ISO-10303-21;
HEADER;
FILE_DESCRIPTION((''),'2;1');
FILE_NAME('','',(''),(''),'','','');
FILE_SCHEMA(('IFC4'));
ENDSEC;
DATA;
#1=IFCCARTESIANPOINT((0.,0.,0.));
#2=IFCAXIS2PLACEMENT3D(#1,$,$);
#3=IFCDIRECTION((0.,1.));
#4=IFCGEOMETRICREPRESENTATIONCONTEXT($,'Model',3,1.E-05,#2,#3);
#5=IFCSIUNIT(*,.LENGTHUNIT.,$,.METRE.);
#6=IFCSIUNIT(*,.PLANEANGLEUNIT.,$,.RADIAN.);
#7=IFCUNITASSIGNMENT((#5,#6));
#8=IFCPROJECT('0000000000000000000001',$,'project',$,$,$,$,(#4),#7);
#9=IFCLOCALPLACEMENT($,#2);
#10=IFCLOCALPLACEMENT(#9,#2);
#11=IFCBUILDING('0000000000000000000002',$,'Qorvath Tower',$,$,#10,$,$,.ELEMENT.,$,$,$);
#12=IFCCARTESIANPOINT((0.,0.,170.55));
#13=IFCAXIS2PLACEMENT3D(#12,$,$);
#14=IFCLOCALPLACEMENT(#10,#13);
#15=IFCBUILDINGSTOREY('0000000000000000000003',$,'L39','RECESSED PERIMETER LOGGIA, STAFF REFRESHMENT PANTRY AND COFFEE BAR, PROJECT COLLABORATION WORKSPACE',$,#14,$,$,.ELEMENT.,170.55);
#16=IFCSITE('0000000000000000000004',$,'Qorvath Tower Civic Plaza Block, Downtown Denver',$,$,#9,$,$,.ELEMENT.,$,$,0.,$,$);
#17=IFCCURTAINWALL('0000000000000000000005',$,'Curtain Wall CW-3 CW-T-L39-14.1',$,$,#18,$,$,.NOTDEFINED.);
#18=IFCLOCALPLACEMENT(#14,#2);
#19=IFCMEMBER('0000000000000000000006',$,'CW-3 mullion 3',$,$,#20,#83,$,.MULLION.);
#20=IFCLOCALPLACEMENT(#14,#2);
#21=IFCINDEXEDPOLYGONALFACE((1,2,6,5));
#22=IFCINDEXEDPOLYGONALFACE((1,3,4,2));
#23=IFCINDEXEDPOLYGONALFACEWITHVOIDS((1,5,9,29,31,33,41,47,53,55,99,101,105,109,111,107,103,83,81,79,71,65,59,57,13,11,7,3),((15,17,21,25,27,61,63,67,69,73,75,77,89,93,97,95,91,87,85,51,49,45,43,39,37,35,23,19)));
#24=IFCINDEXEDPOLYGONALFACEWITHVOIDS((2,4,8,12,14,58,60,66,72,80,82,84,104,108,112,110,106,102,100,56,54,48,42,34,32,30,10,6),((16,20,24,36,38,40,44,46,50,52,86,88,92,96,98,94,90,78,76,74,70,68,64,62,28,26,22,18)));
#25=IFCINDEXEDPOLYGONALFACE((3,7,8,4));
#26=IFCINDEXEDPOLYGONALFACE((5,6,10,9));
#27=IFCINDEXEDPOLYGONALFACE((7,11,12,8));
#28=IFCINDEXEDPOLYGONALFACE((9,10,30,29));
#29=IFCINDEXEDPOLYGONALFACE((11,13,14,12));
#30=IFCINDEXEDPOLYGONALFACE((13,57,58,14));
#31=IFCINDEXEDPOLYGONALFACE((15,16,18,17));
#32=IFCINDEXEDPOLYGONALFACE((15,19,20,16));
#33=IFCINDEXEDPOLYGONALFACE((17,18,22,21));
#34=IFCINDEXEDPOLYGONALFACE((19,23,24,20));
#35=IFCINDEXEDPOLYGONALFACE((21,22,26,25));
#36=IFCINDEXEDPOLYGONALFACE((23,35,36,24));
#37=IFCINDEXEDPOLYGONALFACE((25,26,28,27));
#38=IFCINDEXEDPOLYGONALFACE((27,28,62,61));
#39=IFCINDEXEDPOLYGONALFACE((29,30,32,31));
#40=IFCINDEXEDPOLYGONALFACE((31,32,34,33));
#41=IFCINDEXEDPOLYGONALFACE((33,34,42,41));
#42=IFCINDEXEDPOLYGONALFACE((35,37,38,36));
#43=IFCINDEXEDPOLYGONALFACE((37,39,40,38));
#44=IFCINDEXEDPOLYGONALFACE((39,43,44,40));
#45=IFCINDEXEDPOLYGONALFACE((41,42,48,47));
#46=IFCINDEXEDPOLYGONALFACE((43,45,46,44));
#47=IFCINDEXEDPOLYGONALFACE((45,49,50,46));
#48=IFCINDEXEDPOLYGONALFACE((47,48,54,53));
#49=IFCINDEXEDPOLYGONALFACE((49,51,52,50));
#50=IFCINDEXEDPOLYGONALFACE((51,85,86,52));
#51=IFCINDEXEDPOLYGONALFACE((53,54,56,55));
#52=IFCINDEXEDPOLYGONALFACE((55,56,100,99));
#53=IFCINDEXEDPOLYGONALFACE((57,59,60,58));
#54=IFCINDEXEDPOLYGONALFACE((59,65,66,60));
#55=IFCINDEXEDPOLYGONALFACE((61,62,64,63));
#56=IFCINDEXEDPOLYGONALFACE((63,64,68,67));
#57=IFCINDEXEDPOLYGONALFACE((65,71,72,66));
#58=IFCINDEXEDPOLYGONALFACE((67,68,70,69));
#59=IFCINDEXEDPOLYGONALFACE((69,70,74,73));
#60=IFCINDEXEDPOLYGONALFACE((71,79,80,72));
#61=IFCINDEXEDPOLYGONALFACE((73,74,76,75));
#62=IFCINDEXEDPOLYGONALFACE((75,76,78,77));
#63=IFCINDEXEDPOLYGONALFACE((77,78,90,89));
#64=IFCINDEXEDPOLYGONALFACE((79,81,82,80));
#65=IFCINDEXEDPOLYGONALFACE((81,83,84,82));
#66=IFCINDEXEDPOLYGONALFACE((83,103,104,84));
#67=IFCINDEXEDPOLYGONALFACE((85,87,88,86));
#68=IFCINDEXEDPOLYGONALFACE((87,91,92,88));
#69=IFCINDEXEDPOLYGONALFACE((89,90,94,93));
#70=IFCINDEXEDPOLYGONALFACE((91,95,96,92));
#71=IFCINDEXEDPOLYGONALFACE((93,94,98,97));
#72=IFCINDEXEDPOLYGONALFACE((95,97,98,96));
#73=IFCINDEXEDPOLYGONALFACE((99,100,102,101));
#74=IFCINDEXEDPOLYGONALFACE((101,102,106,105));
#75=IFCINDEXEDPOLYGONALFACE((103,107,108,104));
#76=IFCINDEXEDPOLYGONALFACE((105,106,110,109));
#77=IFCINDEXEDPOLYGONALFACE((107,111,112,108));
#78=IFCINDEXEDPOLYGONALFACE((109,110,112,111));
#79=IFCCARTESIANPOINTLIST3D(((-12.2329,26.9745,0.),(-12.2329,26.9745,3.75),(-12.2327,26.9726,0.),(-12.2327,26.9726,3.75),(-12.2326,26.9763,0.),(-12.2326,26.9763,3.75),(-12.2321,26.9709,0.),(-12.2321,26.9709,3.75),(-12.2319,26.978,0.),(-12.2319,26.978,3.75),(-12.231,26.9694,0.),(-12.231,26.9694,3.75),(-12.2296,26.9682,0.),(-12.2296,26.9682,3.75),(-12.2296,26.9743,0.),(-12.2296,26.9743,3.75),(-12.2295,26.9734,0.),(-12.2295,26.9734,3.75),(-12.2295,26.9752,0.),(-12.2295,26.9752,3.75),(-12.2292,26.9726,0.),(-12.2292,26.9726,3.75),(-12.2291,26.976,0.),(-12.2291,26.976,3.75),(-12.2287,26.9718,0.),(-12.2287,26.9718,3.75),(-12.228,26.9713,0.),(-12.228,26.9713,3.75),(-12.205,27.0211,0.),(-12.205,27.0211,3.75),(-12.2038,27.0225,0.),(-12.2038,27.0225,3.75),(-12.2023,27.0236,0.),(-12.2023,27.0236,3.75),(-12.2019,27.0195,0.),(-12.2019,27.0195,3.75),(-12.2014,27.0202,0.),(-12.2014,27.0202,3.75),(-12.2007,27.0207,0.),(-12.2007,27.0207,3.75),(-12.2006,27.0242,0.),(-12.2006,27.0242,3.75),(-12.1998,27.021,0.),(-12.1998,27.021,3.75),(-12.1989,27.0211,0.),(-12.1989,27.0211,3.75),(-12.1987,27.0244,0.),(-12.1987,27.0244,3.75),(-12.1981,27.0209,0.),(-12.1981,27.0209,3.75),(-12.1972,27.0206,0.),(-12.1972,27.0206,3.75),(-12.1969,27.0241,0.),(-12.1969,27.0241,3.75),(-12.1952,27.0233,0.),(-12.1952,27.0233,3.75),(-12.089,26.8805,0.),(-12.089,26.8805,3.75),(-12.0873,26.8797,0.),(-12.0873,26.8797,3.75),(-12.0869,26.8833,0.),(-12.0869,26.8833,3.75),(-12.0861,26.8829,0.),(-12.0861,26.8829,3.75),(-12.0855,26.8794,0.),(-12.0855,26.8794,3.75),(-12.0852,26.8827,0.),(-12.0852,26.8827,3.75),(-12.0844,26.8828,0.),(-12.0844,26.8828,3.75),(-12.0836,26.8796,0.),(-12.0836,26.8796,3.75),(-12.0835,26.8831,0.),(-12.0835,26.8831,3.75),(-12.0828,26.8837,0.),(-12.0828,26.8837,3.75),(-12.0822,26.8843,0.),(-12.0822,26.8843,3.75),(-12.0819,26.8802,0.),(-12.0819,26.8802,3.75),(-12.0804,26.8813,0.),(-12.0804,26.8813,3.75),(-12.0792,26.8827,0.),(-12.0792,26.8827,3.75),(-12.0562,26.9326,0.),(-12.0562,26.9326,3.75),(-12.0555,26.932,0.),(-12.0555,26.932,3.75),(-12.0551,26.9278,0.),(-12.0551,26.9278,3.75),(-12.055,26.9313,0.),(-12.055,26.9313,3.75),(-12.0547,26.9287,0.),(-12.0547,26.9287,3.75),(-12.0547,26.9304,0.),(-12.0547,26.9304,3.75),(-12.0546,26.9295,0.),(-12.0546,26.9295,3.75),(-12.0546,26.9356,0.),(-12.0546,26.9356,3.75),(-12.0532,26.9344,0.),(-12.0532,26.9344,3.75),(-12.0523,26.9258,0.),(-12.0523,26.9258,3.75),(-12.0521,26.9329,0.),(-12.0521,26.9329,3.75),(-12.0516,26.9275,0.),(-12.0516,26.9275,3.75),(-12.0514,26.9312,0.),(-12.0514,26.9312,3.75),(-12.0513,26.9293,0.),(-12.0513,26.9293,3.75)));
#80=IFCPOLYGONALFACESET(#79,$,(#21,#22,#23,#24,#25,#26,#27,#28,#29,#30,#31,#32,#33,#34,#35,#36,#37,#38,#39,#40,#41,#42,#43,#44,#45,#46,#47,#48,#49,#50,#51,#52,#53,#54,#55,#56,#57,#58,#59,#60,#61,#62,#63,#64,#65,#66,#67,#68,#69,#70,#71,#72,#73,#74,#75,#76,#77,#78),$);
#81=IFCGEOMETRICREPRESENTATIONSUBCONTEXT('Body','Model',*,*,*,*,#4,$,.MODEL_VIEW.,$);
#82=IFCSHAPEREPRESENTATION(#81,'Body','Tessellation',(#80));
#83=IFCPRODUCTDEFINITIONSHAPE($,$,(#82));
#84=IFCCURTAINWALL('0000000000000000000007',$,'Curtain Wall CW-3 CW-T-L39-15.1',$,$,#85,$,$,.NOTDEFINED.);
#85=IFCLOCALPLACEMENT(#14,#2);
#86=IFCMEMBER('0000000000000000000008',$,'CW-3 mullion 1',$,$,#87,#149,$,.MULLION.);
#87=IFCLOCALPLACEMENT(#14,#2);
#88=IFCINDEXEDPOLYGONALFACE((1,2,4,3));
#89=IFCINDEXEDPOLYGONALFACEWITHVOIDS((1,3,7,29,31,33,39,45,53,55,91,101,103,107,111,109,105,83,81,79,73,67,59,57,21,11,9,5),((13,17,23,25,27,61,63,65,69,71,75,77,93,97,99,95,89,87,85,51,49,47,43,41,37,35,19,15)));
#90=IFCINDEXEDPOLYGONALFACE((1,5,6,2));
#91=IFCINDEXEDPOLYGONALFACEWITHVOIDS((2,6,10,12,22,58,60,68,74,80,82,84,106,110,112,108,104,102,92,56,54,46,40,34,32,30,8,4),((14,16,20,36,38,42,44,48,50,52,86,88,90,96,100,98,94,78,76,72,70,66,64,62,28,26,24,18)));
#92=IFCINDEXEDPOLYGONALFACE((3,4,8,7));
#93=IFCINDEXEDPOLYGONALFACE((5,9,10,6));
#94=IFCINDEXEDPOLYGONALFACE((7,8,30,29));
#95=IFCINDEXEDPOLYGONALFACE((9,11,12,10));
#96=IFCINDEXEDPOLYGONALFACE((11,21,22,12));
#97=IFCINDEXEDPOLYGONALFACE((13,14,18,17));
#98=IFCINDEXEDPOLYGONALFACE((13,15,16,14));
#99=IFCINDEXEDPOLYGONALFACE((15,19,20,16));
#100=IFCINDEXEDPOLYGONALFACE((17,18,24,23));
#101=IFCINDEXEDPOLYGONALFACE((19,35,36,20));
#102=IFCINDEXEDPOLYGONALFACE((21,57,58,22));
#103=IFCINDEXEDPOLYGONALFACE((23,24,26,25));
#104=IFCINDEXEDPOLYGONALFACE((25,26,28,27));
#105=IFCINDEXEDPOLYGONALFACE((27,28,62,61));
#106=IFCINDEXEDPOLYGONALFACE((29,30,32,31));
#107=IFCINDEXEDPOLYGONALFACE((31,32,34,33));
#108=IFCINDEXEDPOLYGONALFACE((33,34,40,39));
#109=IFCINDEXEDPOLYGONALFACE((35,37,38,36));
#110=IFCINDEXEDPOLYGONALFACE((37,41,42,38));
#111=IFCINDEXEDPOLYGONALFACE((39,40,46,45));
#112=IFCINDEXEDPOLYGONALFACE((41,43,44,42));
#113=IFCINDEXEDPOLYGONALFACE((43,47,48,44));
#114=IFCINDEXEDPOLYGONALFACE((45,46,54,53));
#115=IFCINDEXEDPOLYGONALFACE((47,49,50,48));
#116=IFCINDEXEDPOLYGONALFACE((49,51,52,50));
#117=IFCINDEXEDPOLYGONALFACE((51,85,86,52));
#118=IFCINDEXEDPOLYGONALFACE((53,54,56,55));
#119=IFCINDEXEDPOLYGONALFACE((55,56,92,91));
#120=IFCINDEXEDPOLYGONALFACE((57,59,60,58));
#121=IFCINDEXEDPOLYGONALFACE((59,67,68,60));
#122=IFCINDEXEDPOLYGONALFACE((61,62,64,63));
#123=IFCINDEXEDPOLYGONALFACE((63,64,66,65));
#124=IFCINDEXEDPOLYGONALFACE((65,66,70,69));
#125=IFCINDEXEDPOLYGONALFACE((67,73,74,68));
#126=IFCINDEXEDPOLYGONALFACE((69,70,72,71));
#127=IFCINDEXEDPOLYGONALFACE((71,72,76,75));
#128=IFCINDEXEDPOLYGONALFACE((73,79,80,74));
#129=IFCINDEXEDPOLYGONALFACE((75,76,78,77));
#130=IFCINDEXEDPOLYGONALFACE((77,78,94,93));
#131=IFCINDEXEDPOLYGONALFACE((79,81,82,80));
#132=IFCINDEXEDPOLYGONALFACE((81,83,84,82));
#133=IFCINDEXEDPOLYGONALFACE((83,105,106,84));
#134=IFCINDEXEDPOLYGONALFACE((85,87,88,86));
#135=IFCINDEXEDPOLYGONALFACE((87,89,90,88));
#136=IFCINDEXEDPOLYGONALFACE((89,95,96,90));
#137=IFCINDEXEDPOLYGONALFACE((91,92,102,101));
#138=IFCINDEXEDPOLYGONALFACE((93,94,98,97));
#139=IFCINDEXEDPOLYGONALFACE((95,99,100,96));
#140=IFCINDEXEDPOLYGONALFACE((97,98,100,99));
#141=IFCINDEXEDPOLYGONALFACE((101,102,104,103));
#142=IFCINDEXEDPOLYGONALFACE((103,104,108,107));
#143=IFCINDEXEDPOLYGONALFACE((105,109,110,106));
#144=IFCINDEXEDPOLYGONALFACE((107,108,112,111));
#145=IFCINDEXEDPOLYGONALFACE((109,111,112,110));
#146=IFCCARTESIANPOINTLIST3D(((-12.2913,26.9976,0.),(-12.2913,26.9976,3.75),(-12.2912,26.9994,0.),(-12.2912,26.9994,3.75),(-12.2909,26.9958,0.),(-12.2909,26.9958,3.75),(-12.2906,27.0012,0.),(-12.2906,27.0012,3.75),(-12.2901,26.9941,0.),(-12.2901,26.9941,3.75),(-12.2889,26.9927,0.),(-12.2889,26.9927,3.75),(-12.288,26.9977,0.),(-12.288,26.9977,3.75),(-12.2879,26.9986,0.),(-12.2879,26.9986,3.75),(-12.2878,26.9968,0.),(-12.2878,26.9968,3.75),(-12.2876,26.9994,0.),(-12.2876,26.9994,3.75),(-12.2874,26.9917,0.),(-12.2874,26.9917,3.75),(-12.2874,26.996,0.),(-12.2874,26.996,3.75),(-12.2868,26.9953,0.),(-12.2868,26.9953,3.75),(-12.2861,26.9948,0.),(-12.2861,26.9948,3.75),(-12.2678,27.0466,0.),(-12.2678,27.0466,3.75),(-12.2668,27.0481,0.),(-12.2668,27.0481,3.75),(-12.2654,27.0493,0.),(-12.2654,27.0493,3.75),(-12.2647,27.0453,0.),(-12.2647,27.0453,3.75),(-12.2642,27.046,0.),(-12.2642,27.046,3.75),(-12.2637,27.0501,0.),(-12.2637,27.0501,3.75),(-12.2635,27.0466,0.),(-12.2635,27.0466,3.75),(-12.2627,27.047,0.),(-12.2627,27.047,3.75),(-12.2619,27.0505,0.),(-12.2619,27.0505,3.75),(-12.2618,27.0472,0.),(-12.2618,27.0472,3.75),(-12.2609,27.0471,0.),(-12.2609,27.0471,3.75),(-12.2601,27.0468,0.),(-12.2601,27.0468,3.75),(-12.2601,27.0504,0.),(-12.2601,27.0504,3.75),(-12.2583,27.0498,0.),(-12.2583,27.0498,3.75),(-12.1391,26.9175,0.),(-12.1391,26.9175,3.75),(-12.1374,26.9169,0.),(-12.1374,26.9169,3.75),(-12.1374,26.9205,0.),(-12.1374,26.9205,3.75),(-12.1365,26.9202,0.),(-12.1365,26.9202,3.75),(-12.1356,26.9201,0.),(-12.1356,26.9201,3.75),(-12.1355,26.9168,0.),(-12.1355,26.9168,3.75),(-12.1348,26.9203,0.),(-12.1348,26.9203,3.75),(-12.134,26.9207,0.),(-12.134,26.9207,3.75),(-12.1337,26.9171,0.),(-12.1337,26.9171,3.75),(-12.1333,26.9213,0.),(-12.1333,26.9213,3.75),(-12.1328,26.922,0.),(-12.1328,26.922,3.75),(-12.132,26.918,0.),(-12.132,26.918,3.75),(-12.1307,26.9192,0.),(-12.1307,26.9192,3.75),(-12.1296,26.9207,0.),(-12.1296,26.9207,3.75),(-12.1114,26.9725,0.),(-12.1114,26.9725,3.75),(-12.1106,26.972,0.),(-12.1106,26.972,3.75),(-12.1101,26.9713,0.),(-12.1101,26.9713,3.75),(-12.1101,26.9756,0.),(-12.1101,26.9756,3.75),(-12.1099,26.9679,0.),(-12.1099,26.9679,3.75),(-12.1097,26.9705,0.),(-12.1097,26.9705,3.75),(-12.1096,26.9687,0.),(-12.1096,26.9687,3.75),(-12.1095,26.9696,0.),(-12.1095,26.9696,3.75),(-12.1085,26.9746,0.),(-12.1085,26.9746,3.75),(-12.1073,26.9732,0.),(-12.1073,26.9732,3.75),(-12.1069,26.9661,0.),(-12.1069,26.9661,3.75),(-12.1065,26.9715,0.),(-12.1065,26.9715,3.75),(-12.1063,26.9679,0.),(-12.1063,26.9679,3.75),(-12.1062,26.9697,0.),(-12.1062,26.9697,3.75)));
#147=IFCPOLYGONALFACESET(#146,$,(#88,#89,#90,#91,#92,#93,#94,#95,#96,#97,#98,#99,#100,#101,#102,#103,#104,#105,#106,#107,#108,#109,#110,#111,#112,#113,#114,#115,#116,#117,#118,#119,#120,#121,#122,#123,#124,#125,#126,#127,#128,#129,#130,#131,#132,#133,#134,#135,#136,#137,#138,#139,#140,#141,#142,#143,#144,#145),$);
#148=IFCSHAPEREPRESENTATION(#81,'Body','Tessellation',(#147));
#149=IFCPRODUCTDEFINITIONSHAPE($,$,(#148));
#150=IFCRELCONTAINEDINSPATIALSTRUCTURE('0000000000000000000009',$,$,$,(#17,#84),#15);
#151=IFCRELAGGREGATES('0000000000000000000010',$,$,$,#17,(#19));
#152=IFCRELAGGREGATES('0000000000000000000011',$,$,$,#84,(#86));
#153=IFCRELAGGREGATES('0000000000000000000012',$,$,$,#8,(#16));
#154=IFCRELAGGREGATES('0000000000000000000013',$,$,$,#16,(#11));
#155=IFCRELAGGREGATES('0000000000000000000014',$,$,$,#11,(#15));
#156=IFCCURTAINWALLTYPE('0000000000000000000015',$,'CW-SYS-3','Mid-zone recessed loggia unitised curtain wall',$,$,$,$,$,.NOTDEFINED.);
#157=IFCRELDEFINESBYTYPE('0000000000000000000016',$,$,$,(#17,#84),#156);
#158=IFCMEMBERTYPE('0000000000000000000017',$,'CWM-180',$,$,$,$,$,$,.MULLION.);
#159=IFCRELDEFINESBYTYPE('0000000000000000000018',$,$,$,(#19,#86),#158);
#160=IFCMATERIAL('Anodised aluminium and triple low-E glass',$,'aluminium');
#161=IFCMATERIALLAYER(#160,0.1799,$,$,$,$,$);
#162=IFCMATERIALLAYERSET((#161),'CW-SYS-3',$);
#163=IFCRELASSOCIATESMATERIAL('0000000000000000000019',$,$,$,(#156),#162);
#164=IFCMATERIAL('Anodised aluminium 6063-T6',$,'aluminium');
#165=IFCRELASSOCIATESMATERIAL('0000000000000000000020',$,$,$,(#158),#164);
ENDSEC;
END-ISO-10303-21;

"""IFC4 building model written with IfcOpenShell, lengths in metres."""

from ifc_helpers import new_model, si_unit, direction, frame, origin, origin_2d, place, context, subcontext, project, spatial, hollow_rectangle, extrude, material, layer, layer_set, material_profile, profile_set, type_object, element, aggregate, save


model = new_model("IFC4")

# Units and contexts
model_context = context("Model", 3, precision=1e-05, world=origin(), true_north=direction((0.0, 1.0)))
body_context = subcontext(model_context, "Body", "Model", "MODEL_VIEW")
ifc_project = project(units=[si_unit("LENGTHUNIT", "METRE"), si_unit("PLANEANGLEUNIT", "RADIAN")], contexts=[model_context])

# Site, building, storey
site_placement = place(None, origin())
site = spatial("IfcSite", under=ifc_project, at=site_placement, Name="Qorvath Tower Civic Plaza Block, Downtown Denver", CompositionType="ELEMENT", RefElevation=0.0)
building_placement = place(site_placement, origin())
building = spatial("IfcBuilding", under=site, at=building_placement, Name="Qorvath Tower", CompositionType="ELEMENT")
storey_placement = place(building_placement, frame((0.0, 0.0, 170.55)))
storey = spatial("IfcBuildingStorey", under=building, at=storey_placement, Name="L39", Description="RECESSED PERIMETER LOGGIA, STAFF REFRESHMENT PANTRY AND COFFEE BAR, PROJECT COLLABORATION WORKSPACE", CompositionType="ELEMENT", Elevation=170.55)

# Shared definitions
ifc_material_1 = material(Name="Anodised aluminium and triple low-E glass", Category="aluminium")
ifc_layer_1 = layer(ifc_material_1, 0.1799)
ifc_layer_set_1 = layer_set([ifc_layer_1], Name="CW-SYS-3")
curtain_wall_type = type_object("IfcCurtainWallType", Name="CW-SYS-3", Description="Mid-zone recessed loggia unitised curtain wall", PredefinedType="NOTDEFINED", material=ifc_layer_set_1)
ifc_material_2 = material(Name="Anodised aluminium 6063-T6", Category="aluminium")
ifc_material_profile_1 = material_profile(ifc_material_2, hollow_rectangle(XDim=0.0649, YDim=0.1799, WallThickness=0.0034, InnerFilletRadius=0.0034, OuterFilletRadius=0.0071, at=origin_2d()), Name="CWM 180x65")
ifc_profile_set_1 = profile_set([ifc_material_profile_1], Name="Anodised aluminium 6063-T6")
member_type_1 = type_object("IfcMemberType", Name="CWM-180", PredefinedType="MULLION", material=ifc_profile_set_1)

# Curtain walls, members
curtain_wall_1_placement = place(storey_placement, origin())
curtain_wall_1 = element("IfcCurtainWall", 1, at=curtain_wall_1_placement, inside=storey, type_object=curtain_wall_type, Name="Curtain Wall CW-3 CW-T-L39-14.1", PredefinedType="NOTDEFINED")
member_1_placement = place(storey_placement, frame((-12.1421, 26.9519, 0.0), z_axis=(0.0, 0.0, 1.0), x_axis=(-0.529328, -0.848417, 0.0)))
member_1 = element("IfcMember", 2, at=member_1_placement, type_object=member_type_1, Name="CW-3 mullion 3", PredefinedType="MULLION", context=body_context, shape_type="SweptSolid", body=[
    extrude(hollow_rectangle(XDim=0.0649, YDim=0.1799, WallThickness=0.0034, InnerFilletRadius=0.0034, OuterFilletRadius=0.0071, at=origin_2d()), origin(), (0.0, 0.0, 1.0), 3.75),
])
curtain_wall_2_placement = place(storey_placement, origin())
curtain_wall_2 = element("IfcCurtainWall", 3, at=curtain_wall_2_placement, inside=storey, type_object=curtain_wall_type, Name="Curtain Wall CW-3 CW-T-L39-15.1", PredefinedType="NOTDEFINED")
member_2_placement = place(storey_placement, frame((-12.1987, 26.9836, 0.0), z_axis=(0.0, 0.0, 1.0), x_axis=(-0.447222, -0.894423, 0.0)))
member_2 = element("IfcMember", 4, at=member_2_placement, type_object=member_type_1, Name="CW-3 mullion 1", PredefinedType="MULLION", context=body_context, shape_type="SweptSolid", body=[
    extrude(hollow_rectangle(XDim=0.0649, YDim=0.1799, WallThickness=0.0034, InnerFilletRadius=0.0034, OuterFilletRadius=0.0071, at=origin_2d()), origin(), (0.0, 0.0, 1.0), 3.75),
])

aggregate(curtain_wall_1, [member_1])
aggregate(curtain_wall_2, [member_2])

save(model, "model.ifc")
